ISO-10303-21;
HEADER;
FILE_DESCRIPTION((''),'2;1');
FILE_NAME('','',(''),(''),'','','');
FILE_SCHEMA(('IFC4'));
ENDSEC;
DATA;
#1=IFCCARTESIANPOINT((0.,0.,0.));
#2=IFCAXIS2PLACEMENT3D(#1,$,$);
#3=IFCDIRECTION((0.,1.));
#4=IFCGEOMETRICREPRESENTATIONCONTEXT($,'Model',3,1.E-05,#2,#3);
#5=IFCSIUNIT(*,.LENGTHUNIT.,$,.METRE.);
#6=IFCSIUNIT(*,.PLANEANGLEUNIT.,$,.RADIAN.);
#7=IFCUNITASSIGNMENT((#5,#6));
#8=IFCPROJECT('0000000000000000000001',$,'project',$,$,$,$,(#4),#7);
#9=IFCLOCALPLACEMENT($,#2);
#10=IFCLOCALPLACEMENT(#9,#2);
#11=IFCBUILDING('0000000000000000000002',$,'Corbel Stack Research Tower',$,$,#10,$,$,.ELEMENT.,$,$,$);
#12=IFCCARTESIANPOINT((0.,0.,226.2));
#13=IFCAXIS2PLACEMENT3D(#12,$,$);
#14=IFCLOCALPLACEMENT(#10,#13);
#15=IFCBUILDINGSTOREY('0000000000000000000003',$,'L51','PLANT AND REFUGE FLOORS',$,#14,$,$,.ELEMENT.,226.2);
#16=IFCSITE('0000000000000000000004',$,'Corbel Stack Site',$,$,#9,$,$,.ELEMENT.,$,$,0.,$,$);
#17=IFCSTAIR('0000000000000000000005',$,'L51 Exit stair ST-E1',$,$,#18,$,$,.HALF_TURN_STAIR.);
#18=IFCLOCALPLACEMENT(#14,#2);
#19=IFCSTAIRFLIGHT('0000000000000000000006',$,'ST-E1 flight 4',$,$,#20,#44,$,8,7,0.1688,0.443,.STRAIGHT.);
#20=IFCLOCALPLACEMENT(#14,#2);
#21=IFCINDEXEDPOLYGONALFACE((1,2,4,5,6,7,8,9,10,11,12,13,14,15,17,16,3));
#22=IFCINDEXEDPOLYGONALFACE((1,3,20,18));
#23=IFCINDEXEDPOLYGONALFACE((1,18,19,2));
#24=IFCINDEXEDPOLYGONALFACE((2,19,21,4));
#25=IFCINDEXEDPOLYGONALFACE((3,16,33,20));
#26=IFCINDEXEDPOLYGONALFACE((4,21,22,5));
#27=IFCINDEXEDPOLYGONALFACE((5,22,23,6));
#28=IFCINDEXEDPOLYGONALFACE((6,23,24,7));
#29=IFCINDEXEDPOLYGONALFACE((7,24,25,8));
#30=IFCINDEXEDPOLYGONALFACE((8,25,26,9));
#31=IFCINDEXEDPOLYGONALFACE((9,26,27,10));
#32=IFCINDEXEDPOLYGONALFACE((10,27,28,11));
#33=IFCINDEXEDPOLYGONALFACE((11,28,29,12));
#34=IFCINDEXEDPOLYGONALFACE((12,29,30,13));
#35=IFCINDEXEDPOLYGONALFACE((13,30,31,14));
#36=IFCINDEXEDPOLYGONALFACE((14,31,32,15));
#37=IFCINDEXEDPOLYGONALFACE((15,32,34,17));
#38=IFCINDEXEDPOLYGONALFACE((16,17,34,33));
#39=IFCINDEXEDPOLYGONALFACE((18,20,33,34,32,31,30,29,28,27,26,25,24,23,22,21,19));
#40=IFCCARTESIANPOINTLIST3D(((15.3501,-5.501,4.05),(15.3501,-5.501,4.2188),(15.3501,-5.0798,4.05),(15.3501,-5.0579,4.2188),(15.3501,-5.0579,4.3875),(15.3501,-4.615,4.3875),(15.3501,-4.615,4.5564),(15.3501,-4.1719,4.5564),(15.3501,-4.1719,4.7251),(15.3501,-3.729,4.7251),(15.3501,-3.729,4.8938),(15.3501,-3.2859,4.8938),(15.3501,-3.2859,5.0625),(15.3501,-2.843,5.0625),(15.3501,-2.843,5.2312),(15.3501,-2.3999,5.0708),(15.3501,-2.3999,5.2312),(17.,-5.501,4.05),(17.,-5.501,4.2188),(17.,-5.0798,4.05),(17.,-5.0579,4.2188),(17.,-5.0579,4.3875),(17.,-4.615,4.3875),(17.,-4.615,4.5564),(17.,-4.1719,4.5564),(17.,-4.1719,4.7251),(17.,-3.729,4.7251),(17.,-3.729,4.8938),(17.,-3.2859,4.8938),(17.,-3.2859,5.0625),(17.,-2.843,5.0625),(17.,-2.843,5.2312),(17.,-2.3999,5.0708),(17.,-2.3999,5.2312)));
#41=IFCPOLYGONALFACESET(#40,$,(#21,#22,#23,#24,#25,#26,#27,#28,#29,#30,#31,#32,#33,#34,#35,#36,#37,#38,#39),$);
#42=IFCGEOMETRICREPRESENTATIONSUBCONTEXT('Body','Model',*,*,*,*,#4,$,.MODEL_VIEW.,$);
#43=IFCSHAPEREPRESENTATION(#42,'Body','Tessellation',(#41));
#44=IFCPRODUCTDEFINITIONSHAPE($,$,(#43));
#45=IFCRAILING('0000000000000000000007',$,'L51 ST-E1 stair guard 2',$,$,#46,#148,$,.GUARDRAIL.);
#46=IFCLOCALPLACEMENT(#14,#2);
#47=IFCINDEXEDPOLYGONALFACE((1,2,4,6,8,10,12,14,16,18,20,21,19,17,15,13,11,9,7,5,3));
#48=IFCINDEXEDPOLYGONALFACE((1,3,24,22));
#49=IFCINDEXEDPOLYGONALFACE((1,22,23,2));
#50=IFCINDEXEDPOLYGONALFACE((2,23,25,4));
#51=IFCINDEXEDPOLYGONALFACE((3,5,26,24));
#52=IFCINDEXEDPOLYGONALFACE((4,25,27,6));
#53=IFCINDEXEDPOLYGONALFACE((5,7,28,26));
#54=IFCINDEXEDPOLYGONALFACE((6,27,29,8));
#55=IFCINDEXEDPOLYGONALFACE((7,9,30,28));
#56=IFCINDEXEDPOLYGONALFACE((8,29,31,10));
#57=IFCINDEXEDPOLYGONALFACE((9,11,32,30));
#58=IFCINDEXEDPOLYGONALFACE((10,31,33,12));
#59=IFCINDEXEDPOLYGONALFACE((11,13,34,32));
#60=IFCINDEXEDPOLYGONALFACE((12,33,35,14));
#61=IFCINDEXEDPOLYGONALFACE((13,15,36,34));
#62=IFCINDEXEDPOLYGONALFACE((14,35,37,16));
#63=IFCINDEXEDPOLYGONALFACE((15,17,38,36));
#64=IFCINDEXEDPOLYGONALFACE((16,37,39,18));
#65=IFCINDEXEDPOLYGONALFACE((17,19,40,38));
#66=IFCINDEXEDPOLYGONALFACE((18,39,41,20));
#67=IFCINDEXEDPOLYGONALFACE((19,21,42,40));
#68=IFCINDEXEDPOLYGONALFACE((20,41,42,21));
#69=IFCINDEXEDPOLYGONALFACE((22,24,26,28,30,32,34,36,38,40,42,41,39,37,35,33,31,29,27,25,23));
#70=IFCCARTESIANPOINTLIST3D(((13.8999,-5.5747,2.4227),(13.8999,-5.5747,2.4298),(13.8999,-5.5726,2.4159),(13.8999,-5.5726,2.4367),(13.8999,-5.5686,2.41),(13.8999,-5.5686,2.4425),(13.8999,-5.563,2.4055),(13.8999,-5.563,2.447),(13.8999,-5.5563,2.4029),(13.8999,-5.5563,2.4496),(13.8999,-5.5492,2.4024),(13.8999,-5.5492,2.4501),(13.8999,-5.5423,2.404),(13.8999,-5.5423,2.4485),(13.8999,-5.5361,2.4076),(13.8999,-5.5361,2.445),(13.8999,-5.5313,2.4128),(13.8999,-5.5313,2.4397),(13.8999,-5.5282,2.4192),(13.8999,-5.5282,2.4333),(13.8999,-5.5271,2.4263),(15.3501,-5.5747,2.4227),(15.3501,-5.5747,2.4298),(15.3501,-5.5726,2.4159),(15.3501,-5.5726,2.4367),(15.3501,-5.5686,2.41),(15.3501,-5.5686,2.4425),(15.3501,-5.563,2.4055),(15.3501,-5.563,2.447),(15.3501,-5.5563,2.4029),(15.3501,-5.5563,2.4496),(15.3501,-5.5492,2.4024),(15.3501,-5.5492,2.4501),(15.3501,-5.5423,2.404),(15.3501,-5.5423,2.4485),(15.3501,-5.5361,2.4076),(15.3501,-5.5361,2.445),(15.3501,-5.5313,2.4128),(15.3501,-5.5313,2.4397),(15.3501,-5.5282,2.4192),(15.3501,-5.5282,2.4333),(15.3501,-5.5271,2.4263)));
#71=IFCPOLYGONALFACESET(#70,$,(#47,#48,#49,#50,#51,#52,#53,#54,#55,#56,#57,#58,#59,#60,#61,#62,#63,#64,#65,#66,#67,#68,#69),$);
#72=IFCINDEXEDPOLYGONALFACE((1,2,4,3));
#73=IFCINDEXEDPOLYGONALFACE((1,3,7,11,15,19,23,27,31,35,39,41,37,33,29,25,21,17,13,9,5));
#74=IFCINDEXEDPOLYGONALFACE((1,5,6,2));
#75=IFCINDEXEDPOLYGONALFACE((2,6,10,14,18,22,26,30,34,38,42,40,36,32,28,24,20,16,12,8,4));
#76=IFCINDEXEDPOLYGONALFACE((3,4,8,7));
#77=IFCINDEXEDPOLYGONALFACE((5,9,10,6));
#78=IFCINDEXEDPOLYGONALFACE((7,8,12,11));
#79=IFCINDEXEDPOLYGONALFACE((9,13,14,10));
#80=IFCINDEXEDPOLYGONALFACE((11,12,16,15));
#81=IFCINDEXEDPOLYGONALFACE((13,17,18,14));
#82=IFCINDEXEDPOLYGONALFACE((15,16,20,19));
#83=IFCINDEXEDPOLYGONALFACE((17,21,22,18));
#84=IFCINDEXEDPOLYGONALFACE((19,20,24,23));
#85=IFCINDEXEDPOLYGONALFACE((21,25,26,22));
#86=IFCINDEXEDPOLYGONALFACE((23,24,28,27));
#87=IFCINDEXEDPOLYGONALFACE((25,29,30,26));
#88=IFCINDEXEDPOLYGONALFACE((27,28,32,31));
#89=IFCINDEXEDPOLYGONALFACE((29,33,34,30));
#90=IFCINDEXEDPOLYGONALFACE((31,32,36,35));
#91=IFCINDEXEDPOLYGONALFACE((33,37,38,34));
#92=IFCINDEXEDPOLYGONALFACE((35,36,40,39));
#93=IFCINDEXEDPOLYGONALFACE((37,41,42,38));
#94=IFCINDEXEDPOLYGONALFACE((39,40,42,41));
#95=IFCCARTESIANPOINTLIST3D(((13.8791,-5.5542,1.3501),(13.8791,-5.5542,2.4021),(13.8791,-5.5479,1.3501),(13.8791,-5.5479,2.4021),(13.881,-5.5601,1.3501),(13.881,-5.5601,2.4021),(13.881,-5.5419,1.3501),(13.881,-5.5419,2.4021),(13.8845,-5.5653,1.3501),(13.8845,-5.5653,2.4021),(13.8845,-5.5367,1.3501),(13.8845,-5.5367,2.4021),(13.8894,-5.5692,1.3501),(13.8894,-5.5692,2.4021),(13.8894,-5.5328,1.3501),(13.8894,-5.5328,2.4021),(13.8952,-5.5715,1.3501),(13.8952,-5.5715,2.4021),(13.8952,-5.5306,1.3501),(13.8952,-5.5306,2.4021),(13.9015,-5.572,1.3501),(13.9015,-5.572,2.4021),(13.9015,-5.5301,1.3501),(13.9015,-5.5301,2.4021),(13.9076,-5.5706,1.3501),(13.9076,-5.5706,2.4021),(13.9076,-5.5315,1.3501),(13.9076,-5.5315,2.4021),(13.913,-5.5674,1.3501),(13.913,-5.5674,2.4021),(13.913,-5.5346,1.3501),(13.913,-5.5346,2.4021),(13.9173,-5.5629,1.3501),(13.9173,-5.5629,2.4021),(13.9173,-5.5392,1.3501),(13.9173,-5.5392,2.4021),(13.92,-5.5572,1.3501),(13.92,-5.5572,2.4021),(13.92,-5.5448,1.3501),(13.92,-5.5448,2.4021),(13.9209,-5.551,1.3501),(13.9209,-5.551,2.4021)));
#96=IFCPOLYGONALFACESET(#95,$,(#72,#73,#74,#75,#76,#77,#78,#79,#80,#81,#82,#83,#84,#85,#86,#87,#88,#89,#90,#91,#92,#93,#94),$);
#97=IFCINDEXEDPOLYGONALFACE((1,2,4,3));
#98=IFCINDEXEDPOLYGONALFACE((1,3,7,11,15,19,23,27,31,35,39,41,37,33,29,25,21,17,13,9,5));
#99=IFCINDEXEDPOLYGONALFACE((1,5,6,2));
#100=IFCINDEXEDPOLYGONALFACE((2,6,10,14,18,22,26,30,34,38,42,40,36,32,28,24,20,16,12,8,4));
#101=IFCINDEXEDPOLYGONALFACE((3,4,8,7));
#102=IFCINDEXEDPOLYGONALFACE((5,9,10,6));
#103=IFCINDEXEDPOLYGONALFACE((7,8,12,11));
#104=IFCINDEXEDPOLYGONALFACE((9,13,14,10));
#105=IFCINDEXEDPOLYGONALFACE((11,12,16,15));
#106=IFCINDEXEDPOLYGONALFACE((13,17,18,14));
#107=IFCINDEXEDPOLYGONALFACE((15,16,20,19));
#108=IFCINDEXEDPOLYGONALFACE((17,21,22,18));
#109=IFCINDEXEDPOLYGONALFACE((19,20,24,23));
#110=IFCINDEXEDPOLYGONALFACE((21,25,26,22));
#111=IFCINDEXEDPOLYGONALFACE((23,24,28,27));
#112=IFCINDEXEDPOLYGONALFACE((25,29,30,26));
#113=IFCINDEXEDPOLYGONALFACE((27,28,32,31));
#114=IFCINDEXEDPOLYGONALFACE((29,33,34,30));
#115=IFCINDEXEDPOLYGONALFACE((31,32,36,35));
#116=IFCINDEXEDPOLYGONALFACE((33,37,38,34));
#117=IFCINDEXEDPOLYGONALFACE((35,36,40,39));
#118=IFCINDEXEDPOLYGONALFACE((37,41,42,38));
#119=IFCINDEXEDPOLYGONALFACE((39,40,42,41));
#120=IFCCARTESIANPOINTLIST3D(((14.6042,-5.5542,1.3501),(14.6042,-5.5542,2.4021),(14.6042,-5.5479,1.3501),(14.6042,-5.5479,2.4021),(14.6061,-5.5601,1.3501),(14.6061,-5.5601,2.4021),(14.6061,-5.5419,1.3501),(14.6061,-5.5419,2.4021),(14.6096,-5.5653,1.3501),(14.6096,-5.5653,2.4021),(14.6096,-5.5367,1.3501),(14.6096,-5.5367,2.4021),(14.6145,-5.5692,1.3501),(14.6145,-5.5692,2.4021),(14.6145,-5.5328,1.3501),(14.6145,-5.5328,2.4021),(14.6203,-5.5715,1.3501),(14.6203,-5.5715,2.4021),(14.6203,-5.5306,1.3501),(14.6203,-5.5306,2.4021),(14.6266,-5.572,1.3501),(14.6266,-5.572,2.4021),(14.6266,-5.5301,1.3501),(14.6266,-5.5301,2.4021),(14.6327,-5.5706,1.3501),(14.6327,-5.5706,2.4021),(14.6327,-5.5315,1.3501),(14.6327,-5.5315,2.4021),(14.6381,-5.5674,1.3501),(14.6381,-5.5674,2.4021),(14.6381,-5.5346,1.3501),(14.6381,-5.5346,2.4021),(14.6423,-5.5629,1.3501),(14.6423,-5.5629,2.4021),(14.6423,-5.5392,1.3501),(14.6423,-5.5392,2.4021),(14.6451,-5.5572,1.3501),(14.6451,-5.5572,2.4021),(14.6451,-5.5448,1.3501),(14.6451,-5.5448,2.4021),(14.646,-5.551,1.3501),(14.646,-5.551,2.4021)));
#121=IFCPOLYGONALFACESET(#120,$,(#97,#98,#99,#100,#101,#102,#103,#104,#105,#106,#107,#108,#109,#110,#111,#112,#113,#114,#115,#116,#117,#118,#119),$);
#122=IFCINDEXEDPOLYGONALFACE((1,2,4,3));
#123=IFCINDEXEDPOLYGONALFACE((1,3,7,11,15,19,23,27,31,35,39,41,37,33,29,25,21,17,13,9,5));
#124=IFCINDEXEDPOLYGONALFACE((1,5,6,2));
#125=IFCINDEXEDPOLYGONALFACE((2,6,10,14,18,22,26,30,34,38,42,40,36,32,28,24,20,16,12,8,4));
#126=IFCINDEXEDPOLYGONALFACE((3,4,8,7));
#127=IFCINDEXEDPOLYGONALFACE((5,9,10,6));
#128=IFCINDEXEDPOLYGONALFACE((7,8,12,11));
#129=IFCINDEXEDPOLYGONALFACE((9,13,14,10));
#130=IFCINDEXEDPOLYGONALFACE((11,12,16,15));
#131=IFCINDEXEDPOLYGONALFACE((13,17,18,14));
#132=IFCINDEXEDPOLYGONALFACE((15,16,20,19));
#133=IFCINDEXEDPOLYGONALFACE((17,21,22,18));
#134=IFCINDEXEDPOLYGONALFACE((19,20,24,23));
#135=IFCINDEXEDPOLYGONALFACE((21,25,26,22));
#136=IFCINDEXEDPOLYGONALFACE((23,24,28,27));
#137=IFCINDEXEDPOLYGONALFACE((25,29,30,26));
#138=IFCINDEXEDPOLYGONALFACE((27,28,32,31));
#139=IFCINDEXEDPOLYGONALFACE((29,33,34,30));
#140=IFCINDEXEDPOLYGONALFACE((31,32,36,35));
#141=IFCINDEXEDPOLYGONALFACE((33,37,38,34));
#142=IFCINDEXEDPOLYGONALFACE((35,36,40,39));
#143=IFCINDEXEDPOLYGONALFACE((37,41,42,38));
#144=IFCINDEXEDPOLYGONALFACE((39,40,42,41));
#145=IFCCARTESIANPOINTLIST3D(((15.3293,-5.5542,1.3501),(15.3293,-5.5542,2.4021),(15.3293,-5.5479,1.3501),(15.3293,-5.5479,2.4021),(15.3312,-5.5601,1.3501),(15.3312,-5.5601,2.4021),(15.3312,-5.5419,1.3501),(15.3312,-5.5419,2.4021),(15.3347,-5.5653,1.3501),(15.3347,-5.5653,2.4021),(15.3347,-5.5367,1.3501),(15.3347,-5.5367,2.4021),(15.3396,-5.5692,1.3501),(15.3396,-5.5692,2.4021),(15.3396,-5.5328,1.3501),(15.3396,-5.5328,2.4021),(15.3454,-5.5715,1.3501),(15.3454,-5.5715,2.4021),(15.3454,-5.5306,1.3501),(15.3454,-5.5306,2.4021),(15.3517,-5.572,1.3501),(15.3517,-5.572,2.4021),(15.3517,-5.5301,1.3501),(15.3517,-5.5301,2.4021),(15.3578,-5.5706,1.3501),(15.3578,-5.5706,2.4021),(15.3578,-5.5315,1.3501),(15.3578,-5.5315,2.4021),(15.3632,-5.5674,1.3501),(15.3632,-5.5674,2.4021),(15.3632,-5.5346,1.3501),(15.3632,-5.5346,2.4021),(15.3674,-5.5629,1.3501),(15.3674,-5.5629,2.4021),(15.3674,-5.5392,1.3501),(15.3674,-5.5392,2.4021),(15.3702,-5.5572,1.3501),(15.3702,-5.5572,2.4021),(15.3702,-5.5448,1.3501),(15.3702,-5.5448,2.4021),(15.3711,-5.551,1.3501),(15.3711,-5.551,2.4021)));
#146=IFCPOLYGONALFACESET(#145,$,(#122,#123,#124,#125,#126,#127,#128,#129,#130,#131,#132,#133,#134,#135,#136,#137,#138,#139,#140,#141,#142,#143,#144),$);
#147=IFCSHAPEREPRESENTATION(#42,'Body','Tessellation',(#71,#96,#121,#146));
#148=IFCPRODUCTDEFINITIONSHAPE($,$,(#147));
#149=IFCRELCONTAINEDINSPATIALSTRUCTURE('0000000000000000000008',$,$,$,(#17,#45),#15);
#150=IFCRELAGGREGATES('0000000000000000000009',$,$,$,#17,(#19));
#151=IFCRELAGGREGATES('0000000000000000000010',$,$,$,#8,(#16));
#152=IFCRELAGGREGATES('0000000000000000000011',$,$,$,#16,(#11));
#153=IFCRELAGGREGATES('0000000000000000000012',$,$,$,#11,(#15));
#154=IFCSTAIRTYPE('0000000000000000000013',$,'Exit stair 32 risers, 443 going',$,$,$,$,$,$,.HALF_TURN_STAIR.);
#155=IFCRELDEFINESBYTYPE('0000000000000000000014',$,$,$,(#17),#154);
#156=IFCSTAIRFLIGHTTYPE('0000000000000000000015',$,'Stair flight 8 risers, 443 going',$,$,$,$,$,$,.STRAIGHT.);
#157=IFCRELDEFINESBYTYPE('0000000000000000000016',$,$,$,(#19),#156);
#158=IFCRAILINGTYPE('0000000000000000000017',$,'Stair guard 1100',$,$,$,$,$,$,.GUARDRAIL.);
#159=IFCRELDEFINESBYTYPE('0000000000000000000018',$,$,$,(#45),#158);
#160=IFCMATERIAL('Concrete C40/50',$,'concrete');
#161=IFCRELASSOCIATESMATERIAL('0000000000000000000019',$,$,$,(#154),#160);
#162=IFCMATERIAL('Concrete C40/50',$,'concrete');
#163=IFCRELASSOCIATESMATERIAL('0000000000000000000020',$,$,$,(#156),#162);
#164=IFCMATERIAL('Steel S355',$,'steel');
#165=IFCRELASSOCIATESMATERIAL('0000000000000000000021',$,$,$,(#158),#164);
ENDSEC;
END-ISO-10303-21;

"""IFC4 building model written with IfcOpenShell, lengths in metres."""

from ifc_helpers import new_model, si_unit, direction, frame, origin, origin_2d, place, context, subcontext, project, spatial, polyline, circle, outline, extrude, material, type_object, element, aggregate, save


model = new_model("IFC4")

# Units and contexts
model_context = context("Model", 3, precision=1e-05, world=origin(), true_north=direction((0.0, 1.0)))
body_context = subcontext(model_context, "Body", "Model", "MODEL_VIEW")
ifc_project = project(units=[si_unit("LENGTHUNIT", "METRE"), si_unit("PLANEANGLEUNIT", "RADIAN")], contexts=[model_context])

# Site, building, storey
site_placement = place(None, origin())
site = spatial("IfcSite", under=ifc_project, at=site_placement, Name="Corbel Stack Site", CompositionType="ELEMENT", RefElevation=0.0)
building_placement = place(site_placement, origin())
building = spatial("IfcBuilding", under=site, at=building_placement, Name="Corbel Stack Research Tower", CompositionType="ELEMENT")
storey_placement = place(building_placement, frame((0.0, 0.0, 226.2)))
storey = spatial("IfcBuildingStorey", under=building, at=storey_placement, Name="L51", Description="PLANT AND REFUGE FLOORS", CompositionType="ELEMENT", Elevation=226.2)

# Stair, stair flight
ifc_material_1 = material(Name="Concrete C40/50", Category="concrete")
stair_type = type_object("IfcStairType", Name="Exit stair 32 risers, 443 going", PredefinedType="HALF_TURN_STAIR", material=ifc_material_1)
stair_placement = place(storey_placement, origin())
stair = element("IfcStair", 1, at=stair_placement, inside=storey, type_object=stair_type, Name="L51 Exit stair ST-E1", PredefinedType="HALF_TURN_STAIR")
ifc_material_2 = material(Name="Concrete C40/50", Category="concrete")
stair_flight_type = type_object("IfcStairFlightType", Name="Stair flight 8 risers, 443 going", PredefinedType="STRAIGHT", material=ifc_material_2)
stair_flight_1_placement = place(storey_placement, frame((16.175, -5.501, 4.05), z_axis=(0.0, 0.0, 1.0), x_axis=(0.0, 1.0, 0.0)))
stair_flight_1 = element("IfcStairFlight", 2, at=stair_flight_1_placement, type_object=stair_flight_type, Name="ST-E1 flight 4", NumberOfRisers=8, NumberOfTreads=7, PredefinedType="STRAIGHT", RiserHeight=0.1688, TreadLength=0.443, context=body_context, shape_type="SweptSolid", body=[
    extrude(outline(polyline([(0.0, 0.0), (0.0, 0.1687), (0.4431, 0.1687), (0.4431, 0.3374), (0.886, 0.3374), (0.886, 0.5063), (1.3291, 0.5063), (1.3291, 0.675), (1.772, 0.675), (1.772, 0.8438), (2.2151, 0.8438), (2.2151, 1.0125), (2.658, 1.0125), (2.658, 1.1812), (3.1011, 1.1812), (3.1011, 1.3501), (3.1011, 1.0208), (0.4211, 0.0), (0.0, 0.0)])), frame((0.0, 0.825, 0.0), z_axis=(0.0, -1.0, 0.0), x_axis=(1.0, 0.0, 0.0)), (0.0, 0.0, 1.0), 1.6499),
])
aggregate(stair, [stair_flight_1])

# Railing
ifc_material_3 = material(Name="Steel S355", Category="steel")
railing_type_1 = type_object("IfcRailingType", Name="Stair guard 1100", PredefinedType="GUARDRAIL", material=ifc_material_3)
railing_1_placement = place(storey_placement, frame((13.8999, -5.551, 1.3501)))
element("IfcRailing", 3, at=railing_1_placement, inside=storey, type_object=railing_type_1, Name="L51 ST-E1 stair guard 2", PredefinedType="GUARDRAIL", context=body_context, shape_type="SweptSolid", body=[
    extrude(circle(Radius=0.0239, at=origin_2d()), frame((0.0, 0.0, 1.0762), z_axis=(1.0, 0.0, 0.0), x_axis=(0.0, 1.0, 0.0)), (0.0, 0.0, 1.0), 1.4502),
    extrude(circle(Radius=0.021, at=origin_2d()), origin(), (0.0, 0.0, 1.0), 1.052),
    extrude(circle(Radius=0.021, at=origin_2d()), frame((0.7251, 0.0, 0.0)), (0.0, 0.0, 1.0), 1.052),
    extrude(circle(Radius=0.021, at=origin_2d()), frame((1.4502, 0.0, 0.0)), (0.0, 0.0, 1.0), 1.052),
])

save(model, "model.ifc")
